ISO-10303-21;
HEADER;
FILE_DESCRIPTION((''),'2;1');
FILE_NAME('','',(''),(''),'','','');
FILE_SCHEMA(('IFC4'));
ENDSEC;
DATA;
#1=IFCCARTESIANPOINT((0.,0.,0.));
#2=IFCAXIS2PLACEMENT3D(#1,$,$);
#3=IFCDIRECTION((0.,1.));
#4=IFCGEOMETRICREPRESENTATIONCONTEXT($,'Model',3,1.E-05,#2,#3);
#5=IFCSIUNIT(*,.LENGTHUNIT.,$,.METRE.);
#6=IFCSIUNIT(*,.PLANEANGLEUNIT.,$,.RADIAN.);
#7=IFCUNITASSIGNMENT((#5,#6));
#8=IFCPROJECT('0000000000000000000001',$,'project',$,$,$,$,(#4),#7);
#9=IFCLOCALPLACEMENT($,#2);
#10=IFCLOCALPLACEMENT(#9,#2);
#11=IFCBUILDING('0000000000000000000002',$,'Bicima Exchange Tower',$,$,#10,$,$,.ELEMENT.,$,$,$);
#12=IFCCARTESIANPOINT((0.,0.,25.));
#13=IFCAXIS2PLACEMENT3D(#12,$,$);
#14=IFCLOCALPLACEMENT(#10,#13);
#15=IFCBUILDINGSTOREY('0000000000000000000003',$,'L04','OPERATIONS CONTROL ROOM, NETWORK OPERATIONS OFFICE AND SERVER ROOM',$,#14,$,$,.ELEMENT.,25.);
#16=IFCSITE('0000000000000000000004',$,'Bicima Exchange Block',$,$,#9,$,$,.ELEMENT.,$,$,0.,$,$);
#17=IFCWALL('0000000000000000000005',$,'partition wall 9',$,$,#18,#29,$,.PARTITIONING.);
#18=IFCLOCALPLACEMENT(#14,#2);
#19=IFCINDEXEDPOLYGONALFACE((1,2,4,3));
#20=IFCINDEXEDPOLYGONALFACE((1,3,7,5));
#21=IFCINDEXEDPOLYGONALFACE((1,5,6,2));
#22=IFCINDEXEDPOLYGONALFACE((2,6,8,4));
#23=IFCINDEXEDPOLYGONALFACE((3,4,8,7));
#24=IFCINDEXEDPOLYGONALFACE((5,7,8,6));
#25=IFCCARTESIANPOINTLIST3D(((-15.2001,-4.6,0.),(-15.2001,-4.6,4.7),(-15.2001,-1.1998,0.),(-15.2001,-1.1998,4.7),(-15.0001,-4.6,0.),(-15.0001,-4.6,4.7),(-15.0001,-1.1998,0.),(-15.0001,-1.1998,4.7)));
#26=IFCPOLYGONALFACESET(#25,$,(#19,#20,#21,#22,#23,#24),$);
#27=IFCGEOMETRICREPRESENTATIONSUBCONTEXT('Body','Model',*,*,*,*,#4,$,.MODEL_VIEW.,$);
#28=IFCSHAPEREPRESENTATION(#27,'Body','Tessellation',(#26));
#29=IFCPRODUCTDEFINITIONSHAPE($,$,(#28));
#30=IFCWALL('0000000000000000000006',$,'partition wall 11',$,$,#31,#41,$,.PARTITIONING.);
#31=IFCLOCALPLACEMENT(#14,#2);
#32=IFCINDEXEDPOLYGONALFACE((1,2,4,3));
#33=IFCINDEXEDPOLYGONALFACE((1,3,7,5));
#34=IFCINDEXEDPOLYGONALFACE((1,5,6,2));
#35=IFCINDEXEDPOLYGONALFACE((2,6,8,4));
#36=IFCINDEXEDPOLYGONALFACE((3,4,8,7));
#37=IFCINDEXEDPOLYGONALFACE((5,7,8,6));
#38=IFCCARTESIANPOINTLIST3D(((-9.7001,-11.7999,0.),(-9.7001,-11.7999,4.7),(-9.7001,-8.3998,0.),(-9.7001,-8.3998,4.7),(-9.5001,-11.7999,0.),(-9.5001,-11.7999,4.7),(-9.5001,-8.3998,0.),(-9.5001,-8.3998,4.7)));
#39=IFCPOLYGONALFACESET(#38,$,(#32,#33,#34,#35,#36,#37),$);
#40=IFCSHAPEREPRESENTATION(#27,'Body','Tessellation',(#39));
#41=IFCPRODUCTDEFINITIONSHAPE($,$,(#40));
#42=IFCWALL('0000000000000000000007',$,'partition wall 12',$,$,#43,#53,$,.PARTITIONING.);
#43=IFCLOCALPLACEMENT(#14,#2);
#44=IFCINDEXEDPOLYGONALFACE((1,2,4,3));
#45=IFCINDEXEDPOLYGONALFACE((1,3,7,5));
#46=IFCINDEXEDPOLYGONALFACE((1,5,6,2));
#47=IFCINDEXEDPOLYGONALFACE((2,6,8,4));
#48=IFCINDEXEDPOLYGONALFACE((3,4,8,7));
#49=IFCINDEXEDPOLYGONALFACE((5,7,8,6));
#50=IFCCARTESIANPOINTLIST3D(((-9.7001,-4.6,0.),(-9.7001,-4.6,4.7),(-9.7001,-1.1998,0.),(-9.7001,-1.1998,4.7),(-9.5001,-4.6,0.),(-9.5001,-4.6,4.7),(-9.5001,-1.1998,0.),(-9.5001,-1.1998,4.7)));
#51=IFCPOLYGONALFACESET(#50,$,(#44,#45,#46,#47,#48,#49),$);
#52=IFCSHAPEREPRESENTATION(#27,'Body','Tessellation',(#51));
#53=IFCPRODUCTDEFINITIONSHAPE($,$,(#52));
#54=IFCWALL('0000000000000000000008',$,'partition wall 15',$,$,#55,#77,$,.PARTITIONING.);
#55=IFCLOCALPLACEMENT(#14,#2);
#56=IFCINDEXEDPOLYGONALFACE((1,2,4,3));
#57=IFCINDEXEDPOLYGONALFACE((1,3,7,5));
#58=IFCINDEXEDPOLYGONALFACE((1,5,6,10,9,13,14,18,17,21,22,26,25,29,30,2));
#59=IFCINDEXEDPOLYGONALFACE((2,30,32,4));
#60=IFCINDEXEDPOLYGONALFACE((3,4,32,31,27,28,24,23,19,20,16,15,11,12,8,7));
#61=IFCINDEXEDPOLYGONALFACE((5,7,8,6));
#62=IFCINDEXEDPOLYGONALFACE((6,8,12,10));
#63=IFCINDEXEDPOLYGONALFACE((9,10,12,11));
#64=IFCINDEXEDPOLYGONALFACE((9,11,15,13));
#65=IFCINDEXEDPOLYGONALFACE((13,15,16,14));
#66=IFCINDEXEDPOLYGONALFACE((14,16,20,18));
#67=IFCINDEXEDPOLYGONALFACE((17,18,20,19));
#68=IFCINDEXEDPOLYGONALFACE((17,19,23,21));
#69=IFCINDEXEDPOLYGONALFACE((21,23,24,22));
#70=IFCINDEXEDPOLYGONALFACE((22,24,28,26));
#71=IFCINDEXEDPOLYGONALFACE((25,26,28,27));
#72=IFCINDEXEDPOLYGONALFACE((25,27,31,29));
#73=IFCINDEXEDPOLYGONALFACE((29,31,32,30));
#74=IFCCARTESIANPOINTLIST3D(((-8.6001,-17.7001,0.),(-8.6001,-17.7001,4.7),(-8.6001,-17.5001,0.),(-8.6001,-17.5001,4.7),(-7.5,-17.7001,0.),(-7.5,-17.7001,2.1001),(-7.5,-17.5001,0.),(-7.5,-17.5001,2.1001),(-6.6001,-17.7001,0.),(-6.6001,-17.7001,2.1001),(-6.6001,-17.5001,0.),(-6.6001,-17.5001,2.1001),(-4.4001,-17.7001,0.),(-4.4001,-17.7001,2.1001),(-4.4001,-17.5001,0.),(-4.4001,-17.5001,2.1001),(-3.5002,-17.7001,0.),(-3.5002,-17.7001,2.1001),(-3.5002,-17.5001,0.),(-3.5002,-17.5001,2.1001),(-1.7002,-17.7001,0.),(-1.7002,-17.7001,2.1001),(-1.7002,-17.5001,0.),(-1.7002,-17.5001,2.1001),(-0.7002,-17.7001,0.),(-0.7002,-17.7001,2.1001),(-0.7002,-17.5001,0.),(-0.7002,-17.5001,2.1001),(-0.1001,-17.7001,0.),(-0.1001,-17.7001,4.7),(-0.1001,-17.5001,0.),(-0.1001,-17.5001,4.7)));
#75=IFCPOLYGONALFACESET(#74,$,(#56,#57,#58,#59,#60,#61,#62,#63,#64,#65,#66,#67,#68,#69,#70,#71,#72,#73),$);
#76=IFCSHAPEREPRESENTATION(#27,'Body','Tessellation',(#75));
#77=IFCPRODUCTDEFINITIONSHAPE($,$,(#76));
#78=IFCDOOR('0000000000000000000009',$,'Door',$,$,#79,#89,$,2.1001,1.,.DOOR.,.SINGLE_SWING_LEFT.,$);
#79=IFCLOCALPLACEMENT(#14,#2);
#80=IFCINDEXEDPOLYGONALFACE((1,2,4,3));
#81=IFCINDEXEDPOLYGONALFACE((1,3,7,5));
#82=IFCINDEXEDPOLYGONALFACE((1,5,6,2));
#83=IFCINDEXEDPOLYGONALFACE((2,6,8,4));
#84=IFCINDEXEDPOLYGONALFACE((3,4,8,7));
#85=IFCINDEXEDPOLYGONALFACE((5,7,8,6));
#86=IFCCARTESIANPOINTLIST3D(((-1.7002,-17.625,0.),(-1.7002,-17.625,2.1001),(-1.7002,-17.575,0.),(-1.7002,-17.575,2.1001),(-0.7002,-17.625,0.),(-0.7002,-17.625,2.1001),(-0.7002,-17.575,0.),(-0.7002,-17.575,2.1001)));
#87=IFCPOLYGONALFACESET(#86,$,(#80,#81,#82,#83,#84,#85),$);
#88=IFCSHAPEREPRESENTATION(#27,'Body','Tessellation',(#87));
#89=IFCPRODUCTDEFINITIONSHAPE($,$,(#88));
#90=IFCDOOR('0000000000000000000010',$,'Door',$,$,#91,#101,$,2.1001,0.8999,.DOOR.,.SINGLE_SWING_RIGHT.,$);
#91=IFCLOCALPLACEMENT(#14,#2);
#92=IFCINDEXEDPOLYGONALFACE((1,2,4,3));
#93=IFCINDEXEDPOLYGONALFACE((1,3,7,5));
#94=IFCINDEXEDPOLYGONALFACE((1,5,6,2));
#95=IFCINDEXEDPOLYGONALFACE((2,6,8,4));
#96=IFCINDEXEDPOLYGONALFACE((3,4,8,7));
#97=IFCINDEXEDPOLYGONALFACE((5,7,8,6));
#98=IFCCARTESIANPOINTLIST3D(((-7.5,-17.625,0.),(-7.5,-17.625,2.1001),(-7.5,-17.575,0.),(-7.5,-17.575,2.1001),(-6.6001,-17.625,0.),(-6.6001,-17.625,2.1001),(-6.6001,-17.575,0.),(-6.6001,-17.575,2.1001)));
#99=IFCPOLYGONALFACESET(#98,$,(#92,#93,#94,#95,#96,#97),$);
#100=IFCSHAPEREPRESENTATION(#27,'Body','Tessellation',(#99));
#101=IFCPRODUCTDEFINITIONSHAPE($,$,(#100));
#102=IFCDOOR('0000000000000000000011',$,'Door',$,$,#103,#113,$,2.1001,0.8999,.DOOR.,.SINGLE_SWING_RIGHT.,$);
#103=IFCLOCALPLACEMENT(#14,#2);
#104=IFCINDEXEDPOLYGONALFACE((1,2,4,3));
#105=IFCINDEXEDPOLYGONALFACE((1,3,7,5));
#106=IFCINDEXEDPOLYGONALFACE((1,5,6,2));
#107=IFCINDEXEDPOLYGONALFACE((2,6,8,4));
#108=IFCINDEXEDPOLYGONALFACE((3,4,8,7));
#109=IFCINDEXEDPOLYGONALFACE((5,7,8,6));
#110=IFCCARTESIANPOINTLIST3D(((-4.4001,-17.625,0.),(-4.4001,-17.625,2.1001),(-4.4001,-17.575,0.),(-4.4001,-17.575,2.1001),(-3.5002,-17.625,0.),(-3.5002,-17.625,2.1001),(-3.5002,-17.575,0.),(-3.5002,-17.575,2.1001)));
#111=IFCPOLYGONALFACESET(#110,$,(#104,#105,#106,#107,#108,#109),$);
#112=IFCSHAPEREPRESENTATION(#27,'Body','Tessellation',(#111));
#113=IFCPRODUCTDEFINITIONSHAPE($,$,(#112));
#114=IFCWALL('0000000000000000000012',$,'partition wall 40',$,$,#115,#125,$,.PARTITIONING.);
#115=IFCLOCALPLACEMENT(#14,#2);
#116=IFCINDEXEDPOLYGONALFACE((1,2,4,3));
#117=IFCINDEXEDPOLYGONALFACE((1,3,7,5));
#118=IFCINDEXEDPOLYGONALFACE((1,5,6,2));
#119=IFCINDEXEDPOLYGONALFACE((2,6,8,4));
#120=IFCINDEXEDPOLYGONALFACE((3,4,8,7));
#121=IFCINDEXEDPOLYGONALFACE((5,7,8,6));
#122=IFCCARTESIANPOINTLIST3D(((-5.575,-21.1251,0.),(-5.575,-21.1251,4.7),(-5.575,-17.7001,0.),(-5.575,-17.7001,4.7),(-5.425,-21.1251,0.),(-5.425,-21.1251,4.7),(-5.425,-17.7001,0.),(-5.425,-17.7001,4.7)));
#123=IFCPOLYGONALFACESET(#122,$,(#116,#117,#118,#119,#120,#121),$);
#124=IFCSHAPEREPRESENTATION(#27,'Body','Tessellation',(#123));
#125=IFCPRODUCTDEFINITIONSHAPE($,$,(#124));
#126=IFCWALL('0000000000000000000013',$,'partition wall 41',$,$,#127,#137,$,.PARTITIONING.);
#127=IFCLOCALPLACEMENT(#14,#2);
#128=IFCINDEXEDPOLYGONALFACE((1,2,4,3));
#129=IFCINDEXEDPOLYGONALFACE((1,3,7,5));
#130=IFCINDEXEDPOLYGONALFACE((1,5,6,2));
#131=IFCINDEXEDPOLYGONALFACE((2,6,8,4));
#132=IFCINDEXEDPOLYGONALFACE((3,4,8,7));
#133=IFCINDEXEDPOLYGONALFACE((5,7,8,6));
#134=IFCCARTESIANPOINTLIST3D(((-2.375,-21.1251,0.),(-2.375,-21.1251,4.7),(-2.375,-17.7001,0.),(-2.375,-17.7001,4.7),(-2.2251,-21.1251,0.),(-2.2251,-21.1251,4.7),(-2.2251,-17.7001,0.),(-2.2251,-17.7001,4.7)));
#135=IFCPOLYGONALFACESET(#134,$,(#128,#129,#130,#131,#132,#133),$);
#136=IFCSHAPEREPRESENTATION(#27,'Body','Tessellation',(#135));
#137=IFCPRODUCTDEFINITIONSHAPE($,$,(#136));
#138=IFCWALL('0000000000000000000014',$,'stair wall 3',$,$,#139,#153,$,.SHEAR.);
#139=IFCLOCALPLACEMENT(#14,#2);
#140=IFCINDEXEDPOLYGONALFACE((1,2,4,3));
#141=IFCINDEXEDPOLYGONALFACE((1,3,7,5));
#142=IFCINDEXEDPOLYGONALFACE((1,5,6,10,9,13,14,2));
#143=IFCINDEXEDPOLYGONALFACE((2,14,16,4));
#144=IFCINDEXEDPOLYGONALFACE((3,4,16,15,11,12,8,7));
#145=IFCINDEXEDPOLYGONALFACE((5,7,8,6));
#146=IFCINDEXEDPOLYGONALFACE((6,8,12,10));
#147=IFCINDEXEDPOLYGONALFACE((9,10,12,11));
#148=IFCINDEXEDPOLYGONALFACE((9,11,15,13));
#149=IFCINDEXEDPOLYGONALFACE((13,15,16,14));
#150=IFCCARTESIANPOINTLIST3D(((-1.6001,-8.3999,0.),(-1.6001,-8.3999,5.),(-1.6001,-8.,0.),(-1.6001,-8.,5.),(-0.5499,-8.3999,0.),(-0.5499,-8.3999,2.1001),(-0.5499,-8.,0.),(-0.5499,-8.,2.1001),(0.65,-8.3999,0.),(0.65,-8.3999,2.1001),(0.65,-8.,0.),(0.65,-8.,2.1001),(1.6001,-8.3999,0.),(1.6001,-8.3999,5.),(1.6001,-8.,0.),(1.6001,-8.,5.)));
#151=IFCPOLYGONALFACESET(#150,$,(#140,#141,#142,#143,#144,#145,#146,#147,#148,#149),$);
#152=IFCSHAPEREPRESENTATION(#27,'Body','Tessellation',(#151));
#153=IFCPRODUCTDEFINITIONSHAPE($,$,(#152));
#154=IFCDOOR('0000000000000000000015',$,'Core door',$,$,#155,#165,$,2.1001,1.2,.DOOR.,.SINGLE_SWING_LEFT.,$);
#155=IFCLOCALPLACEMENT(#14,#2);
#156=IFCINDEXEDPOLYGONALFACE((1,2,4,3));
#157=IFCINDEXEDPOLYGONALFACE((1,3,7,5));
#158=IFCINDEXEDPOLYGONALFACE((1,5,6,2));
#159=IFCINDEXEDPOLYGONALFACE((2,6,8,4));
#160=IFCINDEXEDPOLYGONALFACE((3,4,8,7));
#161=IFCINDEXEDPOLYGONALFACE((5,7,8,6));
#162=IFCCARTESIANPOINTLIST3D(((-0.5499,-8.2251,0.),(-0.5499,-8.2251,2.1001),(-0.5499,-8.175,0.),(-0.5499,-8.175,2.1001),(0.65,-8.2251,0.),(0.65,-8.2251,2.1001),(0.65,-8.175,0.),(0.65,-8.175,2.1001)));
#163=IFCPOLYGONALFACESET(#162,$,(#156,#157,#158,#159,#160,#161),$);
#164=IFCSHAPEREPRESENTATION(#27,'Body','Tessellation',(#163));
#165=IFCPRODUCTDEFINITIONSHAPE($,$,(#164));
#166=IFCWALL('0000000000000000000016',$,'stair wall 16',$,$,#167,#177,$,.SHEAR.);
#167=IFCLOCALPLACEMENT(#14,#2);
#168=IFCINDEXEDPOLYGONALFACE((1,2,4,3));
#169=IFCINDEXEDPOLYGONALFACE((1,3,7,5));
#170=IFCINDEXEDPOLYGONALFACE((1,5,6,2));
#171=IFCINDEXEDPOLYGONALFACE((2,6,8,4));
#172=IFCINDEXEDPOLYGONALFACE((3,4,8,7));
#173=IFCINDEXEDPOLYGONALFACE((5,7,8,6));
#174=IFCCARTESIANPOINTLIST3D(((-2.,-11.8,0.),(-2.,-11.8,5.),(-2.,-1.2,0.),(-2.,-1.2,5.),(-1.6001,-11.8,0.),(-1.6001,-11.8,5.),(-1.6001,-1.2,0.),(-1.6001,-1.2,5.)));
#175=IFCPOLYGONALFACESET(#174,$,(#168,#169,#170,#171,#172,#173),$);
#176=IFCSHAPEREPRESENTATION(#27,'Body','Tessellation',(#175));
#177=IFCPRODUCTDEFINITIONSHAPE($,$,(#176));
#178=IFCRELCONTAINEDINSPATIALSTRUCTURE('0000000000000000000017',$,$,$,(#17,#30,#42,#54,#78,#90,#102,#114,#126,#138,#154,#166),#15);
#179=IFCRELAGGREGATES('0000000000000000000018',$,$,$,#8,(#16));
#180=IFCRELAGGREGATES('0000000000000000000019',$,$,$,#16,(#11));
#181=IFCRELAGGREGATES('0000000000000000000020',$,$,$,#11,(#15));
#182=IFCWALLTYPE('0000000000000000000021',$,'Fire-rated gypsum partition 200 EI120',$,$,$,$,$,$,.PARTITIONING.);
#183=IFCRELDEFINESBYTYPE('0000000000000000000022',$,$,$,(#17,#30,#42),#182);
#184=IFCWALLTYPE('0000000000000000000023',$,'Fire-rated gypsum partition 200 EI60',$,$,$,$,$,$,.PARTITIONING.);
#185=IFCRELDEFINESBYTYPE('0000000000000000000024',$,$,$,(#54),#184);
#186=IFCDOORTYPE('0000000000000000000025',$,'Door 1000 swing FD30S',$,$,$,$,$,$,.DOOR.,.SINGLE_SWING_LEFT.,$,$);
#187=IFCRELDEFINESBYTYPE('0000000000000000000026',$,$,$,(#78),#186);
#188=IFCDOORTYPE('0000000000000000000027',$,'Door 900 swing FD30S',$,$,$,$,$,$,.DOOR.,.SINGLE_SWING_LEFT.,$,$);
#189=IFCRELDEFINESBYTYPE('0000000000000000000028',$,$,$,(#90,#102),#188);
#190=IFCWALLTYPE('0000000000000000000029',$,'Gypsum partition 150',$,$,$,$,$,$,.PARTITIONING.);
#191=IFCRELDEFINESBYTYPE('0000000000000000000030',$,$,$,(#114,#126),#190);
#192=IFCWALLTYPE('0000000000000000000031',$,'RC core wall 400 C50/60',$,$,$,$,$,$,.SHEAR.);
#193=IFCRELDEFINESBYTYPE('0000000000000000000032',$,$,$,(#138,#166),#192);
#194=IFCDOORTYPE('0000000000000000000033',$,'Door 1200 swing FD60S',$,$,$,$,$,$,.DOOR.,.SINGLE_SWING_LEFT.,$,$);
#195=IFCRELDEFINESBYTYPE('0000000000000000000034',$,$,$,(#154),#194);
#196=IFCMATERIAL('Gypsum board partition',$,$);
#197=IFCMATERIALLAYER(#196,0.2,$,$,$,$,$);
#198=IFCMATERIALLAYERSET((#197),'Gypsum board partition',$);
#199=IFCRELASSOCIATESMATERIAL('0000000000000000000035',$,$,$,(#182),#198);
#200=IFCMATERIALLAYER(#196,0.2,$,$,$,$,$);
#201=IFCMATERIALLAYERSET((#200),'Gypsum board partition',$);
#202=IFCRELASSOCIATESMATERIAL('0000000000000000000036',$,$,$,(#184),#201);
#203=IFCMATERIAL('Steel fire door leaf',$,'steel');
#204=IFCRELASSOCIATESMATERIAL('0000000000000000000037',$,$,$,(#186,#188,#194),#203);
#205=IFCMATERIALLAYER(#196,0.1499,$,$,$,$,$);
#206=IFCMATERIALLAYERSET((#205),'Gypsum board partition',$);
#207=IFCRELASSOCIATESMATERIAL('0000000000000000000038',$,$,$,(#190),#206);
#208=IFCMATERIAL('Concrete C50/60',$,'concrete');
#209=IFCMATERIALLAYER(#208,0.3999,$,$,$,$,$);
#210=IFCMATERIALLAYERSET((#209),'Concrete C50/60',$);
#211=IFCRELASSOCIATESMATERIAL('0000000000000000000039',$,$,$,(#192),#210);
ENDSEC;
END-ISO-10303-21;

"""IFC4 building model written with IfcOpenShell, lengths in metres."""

from ifc_helpers import new_model, si_unit, direction, frame, frame_2d, origin, place, context, subcontext, project, spatial, rectangle, extrude, material, layer, layer_set, type_object, element, fill, save


model = new_model("IFC4")

# Units and contexts
model_context = context("Model", 3, precision=1e-05, world=origin(), true_north=direction((0.0, 1.0)))
body_context = subcontext(model_context, "Body", "Model", "MODEL_VIEW")
ifc_project = project(units=[si_unit("LENGTHUNIT", "METRE"), si_unit("PLANEANGLEUNIT", "RADIAN")], contexts=[model_context])

# Site, building, storey
site_placement = place(None, origin())
site = spatial("IfcSite", under=ifc_project, at=site_placement, Name="Bicima Exchange Block", CompositionType="ELEMENT", RefElevation=0.0)
building_placement = place(site_placement, origin())
building = spatial("IfcBuilding", under=site, at=building_placement, Name="Bicima Exchange Tower", CompositionType="ELEMENT")
storey_placement = place(building_placement, frame((0.0, 0.0, 25.0)))
storey = spatial("IfcBuildingStorey", under=building, at=storey_placement, Name="L04", Description="OPERATIONS CONTROL ROOM, NETWORK OPERATIONS OFFICE AND SERVER ROOM", CompositionType="ELEMENT", Elevation=25.0)

# Walls
ifc_material_1 = material(Name="Gypsum board partition")
ifc_layer_1 = layer(ifc_material_1, 0.2)
ifc_layer_set_1 = layer_set([ifc_layer_1], Name="Gypsum board partition")
wall_type_1 = type_object("IfcWallType", Name="Fire-rated gypsum partition 200 EI120", PredefinedType="PARTITIONING", material=ifc_layer_set_1)
for number, where, z_axis, x_axis, name in (
    (1, (-15.1001, -4.6001, 0.0), (0.0, 0.0, 1.0), (0.0, 1.0, 0.0), "partition wall 9"),
    (2, (-9.6001, -11.8, 0.0), (0.0, 0.0, 1.0), (0.0, 1.0, 0.0), "partition wall 11"),
    (3, (-9.6001, -4.6001, 0.0), (0.0, 0.0, 1.0), (0.0, 1.0, 0.0), "partition wall 12"),
):
    element("IfcWall", number, at=place(storey_placement, frame(where, z_axis=z_axis, x_axis=x_axis)), inside=storey, type_object=wall_type_1, Name=name, PredefinedType="PARTITIONING", context=body_context, shape_type="SweptSolid", body=[
        extrude(rectangle(XDim=3.4001, YDim=0.2, at=frame_2d((1.7002, 0.0))), origin(), (0.0, 0.0, 1.0), 4.7),
    ])

# Wall, openings, doors
ifc_layer_2 = layer(ifc_material_1, 0.2)
ifc_layer_set_2 = layer_set([ifc_layer_2], Name="Gypsum board partition")
wall_type_2 = type_object("IfcWallType", Name="Fire-rated gypsum partition 200 EI60", PredefinedType="PARTITIONING", material=ifc_layer_set_2)
wall_1_placement = place(storey_placement, frame((-8.6001, -17.6001, 0.0), z_axis=(0.0, 0.0, 1.0), x_axis=(1.0, 0.0, 0.0)))
wall_1 = element("IfcWall", 4, at=wall_1_placement, inside=storey, type_object=wall_type_2, Name="partition wall 15", PredefinedType="PARTITIONING", context=body_context, shape_type="SweptSolid", body=[
    extrude(rectangle(XDim=8.5, YDim=0.2, at=frame_2d((4.25, 0.0))), origin(), (0.0, 0.0, 1.0), 4.7),
])
opening_1_placement = place(wall_1_placement, frame((1.1001, 0.0, 0.0)))
opening_1 = element("IfcOpeningElement", 5, at=opening_1_placement, cuts=wall_1, PredefinedType="OPENING", context=body_context, shape_type="SweptSolid", body=[
    extrude(rectangle(XDim=0.8999, YDim=2.1001, at=frame_2d((0.45, 1.05))), frame((0.0, 0.1118, 0.0), z_axis=(0.0, -1.0, 0.0), x_axis=(1.0, 0.0, 0.0)), (0.0, 0.0, 1.0), 0.2239),
])
opening_2_placement = place(wall_1_placement, frame((4.2, 0.0, 0.0)))
opening_2 = element("IfcOpeningElement", 6, at=opening_2_placement, cuts=wall_1, PredefinedType="OPENING", context=body_context, shape_type="SweptSolid", body=[
    extrude(rectangle(XDim=0.8999, YDim=2.1001, at=frame_2d((0.45, 1.05))), frame((0.0, 0.1118, 0.0), z_axis=(0.0, -1.0, 0.0), x_axis=(1.0, 0.0, 0.0)), (0.0, 0.0, 1.0), 0.2239),
])
opening_3_placement = place(wall_1_placement, frame((6.8999, 0.0, 0.0)))
opening_3 = element("IfcOpeningElement", 7, at=opening_3_placement, cuts=wall_1, PredefinedType="OPENING", context=body_context, shape_type="SweptSolid", body=[
    extrude(rectangle(XDim=1.0, YDim=2.1001, at=frame_2d((0.5, 1.05))), frame((0.0, 0.1118, 0.0), z_axis=(0.0, -1.0, 0.0), x_axis=(1.0, 0.0, 0.0)), (0.0, 0.0, 1.0), 0.2239),
])
ifc_material_2 = material(Name="Steel fire door leaf", Category="steel")
door_type_1 = type_object("IfcDoorType", Name="Door 1000 swing FD30S", OperationType="SINGLE_SWING_LEFT", PredefinedType="DOOR", material=ifc_material_2)
door_1_placement = place(opening_3_placement, frame((1.0, 0.0, 0.0), z_axis=(0.0, 0.0, 1.0), x_axis=(-1.0, 0.0, 0.0)))
door_1 = element("IfcDoor", 8, at=door_1_placement, inside=storey, type_object=door_type_1, Name="Door", OperationType="SINGLE_SWING_LEFT", OverallHeight=2.1001, OverallWidth=1.0, PredefinedType="DOOR", context=body_context, shape_type="SweptSolid", body=[
    extrude(rectangle(XDim=1.0, YDim=2.1001, at=frame_2d((0.5, 1.05))), frame((0.0, 0.0249, 0.0), z_axis=(0.0, -1.0, 0.0), x_axis=(1.0, 0.0, 0.0)), (0.0, 0.0, 1.0), 0.05),
])
fill(opening_3, door_1)
door_type_2 = type_object("IfcDoorType", Name="Door 900 swing FD30S", OperationType="SINGLE_SWING_LEFT", PredefinedType="DOOR", material=ifc_material_2)
door_2_placement = place(opening_1_placement, frame((0.8999, 0.0, 0.0), z_axis=(0.0, 0.0, 1.0), x_axis=(-1.0, 0.0, 0.0)))
door_2 = element("IfcDoor", 9, at=door_2_placement, inside=storey, type_object=door_type_2, Name="Door", OperationType="SINGLE_SWING_RIGHT", OverallHeight=2.1001, OverallWidth=0.8999, PredefinedType="DOOR", context=body_context, shape_type="SweptSolid", body=[
    extrude(rectangle(XDim=0.8999, YDim=2.1001, at=frame_2d((0.45, 1.05))), frame((0.0, 0.0249, 0.0), z_axis=(0.0, -1.0, 0.0), x_axis=(1.0, 0.0, 0.0)), (0.0, 0.0, 1.0), 0.05),
])
fill(opening_1, door_2)
door_3_placement = place(opening_2_placement, frame((0.8999, 0.0, 0.0), z_axis=(0.0, 0.0, 1.0), x_axis=(-1.0, 0.0, 0.0)))
door_3 = element("IfcDoor", 10, at=door_3_placement, inside=storey, type_object=door_type_2, Name="Door", OperationType="SINGLE_SWING_RIGHT", OverallHeight=2.1001, OverallWidth=0.8999, PredefinedType="DOOR", context=body_context, shape_type="SweptSolid", body=[
    extrude(rectangle(XDim=0.8999, YDim=2.1001, at=frame_2d((0.45, 1.05))), frame((0.0, 0.0249, 0.0), z_axis=(0.0, -1.0, 0.0), x_axis=(1.0, 0.0, 0.0)), (0.0, 0.0, 1.0), 0.05),
])
fill(opening_2, door_3)

# Walls
ifc_layer_3 = layer(ifc_material_1, 0.1499)
ifc_layer_set_3 = layer_set([ifc_layer_3], Name="Gypsum board partition")
wall_type_3 = type_object("IfcWallType", Name="Gypsum partition 150", PredefinedType="PARTITIONING", material=ifc_layer_set_3)
for number, where, z_axis, x_axis, name in (
    (11, (-5.5, -21.125, 0.0), (0.0, 0.0, 1.0), (0.0, 1.0, 0.0), "partition wall 40"),
    (12, (-2.3, -21.125, 0.0), (0.0, 0.0, 1.0), (0.0, 1.0, 0.0), "partition wall 41"),
):
    element("IfcWall", number, at=place(storey_placement, frame(where, z_axis=z_axis, x_axis=x_axis)), inside=storey, type_object=wall_type_3, Name=name, PredefinedType="PARTITIONING", context=body_context, shape_type="SweptSolid", body=[
        extrude(rectangle(XDim=3.425, YDim=0.1499, at=frame_2d((1.7124, 0.0))), origin(), (0.0, 0.0, 1.0), 4.7),
    ])

# Wall, opening, door
ifc_material_3 = material(Name="Concrete C50/60", Category="concrete")
ifc_layer_4 = layer(ifc_material_3, 0.3999)
ifc_layer_set_4 = layer_set([ifc_layer_4], Name="Concrete C50/60")
wall_type_4 = type_object("IfcWallType", Name="RC core wall 400 C50/60", PredefinedType="SHEAR", material=ifc_layer_set_4)
wall_2_placement = place(storey_placement, frame((-1.6001, -8.2, 0.0), z_axis=(0.0, 0.0, 1.0), x_axis=(1.0, 0.0, 0.0)))
wall_2 = element("IfcWall", 13, at=wall_2_placement, inside=storey, type_object=wall_type_4, Name="stair wall 3", PredefinedType="SHEAR", context=body_context, shape_type="SweptSolid", body=[
    extrude(rectangle(XDim=3.2002, YDim=0.3999, at=frame_2d((1.6001, 0.0))), origin(), (0.0, 0.0, 1.0), 5.0),
])
opening_4_placement = place(wall_2_placement, frame((1.05, 0.0, 0.0)))
opening_4 = element("IfcOpeningElement", 14, at=opening_4_placement, cuts=wall_2, PredefinedType="OPENING", context=body_context, shape_type="SweptSolid", body=[
    extrude(rectangle(XDim=1.2, YDim=2.1001, at=frame_2d((0.6001, 1.05))), frame((0.0, 0.2119, 0.0), z_axis=(0.0, -1.0, 0.0), x_axis=(1.0, 0.0, 0.0)), (0.0, 0.0, 1.0), 0.4238),
])
door_type_3 = type_object("IfcDoorType", Name="Door 1200 swing FD60S", OperationType="SINGLE_SWING_LEFT", PredefinedType="DOOR", material=ifc_material_2)
door_4_placement = place(opening_4_placement, origin())
door_4 = element("IfcDoor", 15, at=door_4_placement, inside=storey, type_object=door_type_3, Name="Core door", OperationType="SINGLE_SWING_LEFT", OverallHeight=2.1001, OverallWidth=1.2, PredefinedType="DOOR", context=body_context, shape_type="SweptSolid", body=[
    extrude(rectangle(XDim=1.2, YDim=2.1001, at=frame_2d((0.6001, 1.05))), frame((0.0, 0.0249, 0.0), z_axis=(0.0, -1.0, 0.0), x_axis=(1.0, 0.0, 0.0)), (0.0, 0.0, 1.0), 0.05),
])
fill(opening_4, door_4)

# Wall
wall_3_placement = place(storey_placement, frame((-1.8, -11.8, 0.0), z_axis=(0.0, 0.0, 1.0), x_axis=(0.0, 1.0, 0.0)))
element("IfcWall", 16, at=wall_3_placement, inside=storey, type_object=wall_type_4, Name="stair wall 16", PredefinedType="SHEAR", context=body_context, shape_type="SweptSolid", body=[
    extrude(rectangle(XDim=10.6001, YDim=0.3999, at=frame_2d((5.3, 0.0))), origin(), (0.0, 0.0, 1.0), 5.0),
])

save(model, "model.ifc")
